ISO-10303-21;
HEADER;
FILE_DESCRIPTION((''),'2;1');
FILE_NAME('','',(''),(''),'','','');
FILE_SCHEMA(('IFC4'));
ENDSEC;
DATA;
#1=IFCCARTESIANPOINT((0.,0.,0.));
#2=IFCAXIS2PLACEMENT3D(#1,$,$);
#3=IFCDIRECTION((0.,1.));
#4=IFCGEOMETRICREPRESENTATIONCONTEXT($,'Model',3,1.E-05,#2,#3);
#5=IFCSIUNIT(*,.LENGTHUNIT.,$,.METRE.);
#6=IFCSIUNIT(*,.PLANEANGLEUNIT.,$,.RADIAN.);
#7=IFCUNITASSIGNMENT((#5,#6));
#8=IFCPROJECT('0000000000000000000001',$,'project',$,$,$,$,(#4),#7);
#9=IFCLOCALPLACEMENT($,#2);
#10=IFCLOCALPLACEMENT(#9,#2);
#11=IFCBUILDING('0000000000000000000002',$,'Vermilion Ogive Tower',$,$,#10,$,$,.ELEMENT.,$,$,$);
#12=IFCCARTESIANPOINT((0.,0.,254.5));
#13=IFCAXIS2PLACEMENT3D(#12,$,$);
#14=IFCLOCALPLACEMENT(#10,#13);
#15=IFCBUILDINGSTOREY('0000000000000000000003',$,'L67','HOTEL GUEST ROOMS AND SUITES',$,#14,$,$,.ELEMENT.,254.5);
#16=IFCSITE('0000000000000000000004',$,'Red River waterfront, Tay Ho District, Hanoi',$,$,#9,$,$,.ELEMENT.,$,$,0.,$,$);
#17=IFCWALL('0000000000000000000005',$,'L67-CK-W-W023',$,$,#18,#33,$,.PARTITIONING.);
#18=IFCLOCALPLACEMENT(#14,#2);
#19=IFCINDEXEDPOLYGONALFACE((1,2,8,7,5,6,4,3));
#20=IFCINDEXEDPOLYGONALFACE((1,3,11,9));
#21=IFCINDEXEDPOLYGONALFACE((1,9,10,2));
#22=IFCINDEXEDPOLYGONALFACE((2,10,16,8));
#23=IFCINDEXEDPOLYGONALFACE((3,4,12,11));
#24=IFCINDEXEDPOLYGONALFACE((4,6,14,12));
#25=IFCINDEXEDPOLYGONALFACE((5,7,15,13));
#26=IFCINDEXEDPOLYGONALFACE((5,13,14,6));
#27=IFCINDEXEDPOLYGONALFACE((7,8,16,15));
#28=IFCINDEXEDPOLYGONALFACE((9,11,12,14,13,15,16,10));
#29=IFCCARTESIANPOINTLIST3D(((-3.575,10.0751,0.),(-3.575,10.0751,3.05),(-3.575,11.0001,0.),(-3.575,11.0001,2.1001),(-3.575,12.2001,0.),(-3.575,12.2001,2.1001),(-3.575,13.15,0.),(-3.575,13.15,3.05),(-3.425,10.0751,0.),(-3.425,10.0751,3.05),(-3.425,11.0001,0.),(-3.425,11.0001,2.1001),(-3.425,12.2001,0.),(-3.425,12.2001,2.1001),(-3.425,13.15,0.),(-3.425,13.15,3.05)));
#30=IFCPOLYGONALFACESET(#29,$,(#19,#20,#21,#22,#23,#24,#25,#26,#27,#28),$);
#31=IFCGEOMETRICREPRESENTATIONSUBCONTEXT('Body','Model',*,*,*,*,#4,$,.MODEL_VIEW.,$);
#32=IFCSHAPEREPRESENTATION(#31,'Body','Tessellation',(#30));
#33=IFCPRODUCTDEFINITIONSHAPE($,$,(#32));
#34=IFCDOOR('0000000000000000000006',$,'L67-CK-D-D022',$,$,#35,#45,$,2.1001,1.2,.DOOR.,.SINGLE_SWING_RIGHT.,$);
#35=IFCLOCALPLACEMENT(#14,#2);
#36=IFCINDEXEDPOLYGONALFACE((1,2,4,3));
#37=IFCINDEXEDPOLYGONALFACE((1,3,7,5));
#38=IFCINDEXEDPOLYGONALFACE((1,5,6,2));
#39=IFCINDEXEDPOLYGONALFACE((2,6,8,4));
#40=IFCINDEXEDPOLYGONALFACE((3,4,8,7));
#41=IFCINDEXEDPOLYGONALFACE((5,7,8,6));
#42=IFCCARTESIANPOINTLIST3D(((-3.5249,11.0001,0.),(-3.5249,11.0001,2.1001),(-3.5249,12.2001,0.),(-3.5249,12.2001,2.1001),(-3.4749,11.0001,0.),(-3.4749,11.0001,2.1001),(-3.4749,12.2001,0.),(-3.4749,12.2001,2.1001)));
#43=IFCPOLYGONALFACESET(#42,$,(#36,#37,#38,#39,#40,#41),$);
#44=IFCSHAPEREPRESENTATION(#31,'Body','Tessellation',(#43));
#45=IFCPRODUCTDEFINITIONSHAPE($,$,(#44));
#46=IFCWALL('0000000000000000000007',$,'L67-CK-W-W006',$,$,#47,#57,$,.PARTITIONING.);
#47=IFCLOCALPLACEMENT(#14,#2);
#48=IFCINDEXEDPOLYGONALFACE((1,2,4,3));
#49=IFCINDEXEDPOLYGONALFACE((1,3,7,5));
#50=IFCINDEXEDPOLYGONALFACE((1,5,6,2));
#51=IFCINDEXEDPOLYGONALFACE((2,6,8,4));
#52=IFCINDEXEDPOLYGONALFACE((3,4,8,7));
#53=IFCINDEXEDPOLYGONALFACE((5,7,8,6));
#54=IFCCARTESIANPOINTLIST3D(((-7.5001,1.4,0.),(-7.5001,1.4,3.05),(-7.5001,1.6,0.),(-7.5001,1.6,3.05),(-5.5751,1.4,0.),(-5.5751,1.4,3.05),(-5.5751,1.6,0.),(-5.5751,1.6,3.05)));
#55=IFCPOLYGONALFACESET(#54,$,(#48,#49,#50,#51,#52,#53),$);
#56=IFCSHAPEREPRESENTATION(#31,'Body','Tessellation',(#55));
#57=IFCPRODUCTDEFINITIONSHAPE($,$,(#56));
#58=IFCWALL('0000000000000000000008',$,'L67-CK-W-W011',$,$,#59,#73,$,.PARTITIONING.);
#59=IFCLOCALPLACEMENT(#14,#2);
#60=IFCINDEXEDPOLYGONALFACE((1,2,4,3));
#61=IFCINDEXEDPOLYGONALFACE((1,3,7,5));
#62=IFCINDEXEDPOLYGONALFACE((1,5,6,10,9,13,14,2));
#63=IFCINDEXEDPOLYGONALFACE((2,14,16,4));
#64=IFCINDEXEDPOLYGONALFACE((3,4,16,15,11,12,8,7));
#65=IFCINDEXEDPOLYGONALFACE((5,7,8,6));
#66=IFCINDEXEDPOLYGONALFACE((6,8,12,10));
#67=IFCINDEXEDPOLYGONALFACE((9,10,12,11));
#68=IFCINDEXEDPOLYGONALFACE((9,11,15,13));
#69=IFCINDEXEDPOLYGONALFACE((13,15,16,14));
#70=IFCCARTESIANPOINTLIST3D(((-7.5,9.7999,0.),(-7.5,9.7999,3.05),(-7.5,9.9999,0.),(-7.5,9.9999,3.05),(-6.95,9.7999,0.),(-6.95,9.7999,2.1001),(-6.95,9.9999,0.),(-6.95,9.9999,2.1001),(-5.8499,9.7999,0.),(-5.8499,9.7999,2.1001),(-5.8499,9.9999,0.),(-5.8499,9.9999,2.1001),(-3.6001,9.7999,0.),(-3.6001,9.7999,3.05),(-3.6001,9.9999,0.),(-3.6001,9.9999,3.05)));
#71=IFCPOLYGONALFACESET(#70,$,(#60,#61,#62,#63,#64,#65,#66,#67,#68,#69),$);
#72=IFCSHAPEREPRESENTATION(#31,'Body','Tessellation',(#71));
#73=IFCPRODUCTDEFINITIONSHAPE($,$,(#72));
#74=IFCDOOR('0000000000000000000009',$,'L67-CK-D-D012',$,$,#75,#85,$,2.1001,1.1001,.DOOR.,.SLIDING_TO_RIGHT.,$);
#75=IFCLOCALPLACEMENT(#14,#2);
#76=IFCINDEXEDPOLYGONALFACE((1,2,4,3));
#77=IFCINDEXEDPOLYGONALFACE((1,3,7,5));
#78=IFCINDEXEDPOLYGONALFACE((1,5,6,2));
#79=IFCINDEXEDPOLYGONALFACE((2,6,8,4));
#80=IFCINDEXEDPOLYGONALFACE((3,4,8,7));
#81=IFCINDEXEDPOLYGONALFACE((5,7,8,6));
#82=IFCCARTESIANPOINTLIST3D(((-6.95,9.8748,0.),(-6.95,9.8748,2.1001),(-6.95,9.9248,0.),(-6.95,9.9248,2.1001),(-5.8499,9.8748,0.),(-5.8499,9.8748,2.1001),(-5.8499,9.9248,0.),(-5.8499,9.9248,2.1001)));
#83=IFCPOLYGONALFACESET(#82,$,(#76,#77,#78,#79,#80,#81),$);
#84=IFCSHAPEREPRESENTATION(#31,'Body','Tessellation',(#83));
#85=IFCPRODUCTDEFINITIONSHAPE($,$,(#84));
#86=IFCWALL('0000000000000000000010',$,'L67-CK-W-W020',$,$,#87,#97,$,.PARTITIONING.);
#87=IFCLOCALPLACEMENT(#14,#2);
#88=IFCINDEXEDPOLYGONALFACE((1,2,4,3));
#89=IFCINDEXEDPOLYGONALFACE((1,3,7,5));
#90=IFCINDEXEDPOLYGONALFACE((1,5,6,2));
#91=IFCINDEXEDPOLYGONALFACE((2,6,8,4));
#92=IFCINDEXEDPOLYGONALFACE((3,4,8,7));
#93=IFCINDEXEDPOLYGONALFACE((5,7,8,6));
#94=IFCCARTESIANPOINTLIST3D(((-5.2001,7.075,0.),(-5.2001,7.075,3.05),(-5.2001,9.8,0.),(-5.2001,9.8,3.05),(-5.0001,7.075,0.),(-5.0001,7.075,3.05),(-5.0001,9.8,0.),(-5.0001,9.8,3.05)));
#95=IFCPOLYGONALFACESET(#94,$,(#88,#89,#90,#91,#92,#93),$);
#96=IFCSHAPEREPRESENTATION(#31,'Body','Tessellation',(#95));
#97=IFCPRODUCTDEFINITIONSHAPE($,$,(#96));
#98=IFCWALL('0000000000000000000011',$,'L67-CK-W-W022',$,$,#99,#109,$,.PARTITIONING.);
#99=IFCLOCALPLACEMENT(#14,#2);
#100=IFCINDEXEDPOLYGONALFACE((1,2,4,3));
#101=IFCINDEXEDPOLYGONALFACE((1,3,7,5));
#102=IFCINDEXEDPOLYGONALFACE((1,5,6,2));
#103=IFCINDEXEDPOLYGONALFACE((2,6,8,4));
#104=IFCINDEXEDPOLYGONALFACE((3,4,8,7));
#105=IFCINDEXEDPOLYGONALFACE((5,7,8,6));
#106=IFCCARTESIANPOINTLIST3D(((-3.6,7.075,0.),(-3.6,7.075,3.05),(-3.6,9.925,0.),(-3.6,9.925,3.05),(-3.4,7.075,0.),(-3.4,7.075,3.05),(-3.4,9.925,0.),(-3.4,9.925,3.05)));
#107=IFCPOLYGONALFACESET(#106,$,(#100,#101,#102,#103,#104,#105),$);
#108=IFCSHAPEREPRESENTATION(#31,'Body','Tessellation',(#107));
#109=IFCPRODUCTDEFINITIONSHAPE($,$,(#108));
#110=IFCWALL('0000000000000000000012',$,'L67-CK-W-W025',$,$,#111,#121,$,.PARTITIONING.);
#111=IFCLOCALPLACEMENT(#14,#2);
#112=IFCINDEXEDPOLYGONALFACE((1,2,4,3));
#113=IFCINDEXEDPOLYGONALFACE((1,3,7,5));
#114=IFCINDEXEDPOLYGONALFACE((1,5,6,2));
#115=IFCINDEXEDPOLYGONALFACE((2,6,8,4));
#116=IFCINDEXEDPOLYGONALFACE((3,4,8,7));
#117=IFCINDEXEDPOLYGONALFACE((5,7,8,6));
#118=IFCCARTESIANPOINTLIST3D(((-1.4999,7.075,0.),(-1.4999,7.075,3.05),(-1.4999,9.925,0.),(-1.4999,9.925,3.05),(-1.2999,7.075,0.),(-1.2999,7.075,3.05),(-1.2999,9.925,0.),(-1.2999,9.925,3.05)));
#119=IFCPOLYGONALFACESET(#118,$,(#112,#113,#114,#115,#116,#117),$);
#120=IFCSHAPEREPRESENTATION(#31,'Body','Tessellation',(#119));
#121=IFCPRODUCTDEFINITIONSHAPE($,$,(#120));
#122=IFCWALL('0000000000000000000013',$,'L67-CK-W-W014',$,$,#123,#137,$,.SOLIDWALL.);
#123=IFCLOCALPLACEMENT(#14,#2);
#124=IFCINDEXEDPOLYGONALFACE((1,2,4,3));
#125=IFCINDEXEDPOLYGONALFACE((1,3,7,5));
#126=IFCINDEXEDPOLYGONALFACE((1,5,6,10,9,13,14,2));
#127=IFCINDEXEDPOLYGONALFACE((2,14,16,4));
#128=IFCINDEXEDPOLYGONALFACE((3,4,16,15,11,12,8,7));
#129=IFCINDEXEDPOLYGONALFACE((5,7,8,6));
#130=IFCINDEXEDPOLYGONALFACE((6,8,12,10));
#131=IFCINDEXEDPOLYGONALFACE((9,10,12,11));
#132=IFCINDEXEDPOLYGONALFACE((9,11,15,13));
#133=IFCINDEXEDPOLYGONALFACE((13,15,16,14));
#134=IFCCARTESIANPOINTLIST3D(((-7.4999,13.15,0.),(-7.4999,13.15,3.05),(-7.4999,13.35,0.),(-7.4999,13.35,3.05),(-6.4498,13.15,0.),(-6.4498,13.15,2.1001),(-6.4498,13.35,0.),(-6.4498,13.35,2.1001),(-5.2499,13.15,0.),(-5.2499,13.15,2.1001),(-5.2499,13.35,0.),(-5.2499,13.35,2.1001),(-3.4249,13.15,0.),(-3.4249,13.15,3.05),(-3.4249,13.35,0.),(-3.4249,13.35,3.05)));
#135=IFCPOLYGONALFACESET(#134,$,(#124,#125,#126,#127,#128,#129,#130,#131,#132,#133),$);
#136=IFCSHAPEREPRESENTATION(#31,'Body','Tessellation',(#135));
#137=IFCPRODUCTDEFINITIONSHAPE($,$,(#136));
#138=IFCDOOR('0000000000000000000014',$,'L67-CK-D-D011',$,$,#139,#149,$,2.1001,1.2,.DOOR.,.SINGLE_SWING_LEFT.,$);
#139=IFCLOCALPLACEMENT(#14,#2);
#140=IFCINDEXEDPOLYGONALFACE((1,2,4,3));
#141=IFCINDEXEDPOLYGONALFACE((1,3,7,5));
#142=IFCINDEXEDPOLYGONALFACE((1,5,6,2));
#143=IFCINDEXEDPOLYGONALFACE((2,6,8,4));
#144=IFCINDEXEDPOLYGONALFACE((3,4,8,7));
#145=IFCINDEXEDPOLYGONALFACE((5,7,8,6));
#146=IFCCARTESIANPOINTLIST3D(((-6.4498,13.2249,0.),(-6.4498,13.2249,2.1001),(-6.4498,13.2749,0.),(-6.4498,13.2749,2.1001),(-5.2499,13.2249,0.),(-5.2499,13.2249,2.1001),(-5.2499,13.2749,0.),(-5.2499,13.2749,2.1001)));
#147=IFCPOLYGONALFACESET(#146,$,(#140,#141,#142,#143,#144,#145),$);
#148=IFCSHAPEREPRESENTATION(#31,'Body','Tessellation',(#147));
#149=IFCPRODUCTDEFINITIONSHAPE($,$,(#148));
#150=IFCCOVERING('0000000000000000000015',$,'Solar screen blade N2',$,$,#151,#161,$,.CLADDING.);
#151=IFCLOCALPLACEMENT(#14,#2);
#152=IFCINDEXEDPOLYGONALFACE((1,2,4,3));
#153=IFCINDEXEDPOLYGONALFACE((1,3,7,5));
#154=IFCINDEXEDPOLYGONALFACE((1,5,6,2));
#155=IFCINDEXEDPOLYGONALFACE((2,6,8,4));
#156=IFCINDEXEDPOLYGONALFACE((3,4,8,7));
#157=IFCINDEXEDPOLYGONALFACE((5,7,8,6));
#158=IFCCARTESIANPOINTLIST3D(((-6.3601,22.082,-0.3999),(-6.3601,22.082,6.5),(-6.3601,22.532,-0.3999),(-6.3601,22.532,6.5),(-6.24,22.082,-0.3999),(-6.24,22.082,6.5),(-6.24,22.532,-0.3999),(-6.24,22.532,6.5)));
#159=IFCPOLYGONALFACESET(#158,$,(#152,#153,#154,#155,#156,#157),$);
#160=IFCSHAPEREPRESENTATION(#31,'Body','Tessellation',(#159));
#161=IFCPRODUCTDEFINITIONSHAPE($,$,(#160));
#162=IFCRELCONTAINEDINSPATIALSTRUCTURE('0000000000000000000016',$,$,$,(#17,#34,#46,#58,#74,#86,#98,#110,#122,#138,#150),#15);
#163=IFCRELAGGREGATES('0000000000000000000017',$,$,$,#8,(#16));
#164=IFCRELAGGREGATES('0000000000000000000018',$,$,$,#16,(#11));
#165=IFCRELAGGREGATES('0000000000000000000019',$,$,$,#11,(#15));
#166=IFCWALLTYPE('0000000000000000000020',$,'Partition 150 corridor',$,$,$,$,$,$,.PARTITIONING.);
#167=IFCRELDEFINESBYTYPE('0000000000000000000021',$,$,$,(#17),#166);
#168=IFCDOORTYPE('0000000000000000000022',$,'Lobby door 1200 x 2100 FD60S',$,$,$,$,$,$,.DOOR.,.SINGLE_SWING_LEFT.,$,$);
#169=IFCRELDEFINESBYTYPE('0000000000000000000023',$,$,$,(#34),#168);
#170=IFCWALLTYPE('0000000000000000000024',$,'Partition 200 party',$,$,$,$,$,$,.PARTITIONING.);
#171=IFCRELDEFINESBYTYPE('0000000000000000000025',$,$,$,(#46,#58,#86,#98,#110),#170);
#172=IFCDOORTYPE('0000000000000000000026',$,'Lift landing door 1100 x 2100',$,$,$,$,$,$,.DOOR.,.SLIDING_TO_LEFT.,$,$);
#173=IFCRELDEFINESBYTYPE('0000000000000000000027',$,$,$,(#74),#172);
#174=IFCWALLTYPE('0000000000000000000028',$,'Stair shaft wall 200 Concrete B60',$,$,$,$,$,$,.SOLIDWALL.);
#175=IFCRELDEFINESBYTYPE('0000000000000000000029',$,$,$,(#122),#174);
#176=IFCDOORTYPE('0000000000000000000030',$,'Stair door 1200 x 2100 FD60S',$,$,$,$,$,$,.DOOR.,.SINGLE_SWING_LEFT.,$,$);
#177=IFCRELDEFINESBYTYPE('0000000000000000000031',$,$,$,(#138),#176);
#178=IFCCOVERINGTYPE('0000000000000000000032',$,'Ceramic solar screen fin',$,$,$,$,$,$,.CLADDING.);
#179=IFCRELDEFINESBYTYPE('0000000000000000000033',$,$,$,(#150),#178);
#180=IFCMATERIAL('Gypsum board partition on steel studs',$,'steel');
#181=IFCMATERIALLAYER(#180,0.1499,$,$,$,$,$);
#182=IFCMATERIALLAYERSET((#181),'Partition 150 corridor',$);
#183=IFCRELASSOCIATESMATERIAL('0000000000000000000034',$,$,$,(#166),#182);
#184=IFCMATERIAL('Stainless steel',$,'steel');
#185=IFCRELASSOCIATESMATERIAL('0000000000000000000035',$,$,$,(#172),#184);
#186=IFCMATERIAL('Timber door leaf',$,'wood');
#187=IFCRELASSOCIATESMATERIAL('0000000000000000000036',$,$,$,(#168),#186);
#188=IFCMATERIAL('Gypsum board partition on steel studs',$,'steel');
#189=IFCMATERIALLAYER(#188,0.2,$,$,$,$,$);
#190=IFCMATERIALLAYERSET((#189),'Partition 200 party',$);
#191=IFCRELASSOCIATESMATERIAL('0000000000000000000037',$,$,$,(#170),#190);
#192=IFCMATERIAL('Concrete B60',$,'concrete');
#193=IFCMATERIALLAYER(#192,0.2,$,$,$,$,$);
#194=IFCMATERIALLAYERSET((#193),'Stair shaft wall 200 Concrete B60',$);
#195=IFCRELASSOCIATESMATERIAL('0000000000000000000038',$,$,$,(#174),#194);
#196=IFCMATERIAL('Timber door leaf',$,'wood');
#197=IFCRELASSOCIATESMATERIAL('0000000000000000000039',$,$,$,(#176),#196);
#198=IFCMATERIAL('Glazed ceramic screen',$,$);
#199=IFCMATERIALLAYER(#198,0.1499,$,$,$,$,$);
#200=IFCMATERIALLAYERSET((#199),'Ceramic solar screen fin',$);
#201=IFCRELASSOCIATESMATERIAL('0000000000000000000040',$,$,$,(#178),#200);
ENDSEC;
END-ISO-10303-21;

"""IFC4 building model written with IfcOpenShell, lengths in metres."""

from ifc_helpers import new_model, si_unit, direction, frame, frame_2d, origin, place, context, subcontext, project, spatial, polyline, rectangle, outline, extrude, material, layer, layer_set, type_object, element, fill, save


model = new_model("IFC4")

# Units and contexts
model_context = context("Model", 3, precision=1e-05, world=origin(), true_north=direction((0.0, 1.0)))
body_context = subcontext(model_context, "Body", "Model", "MODEL_VIEW")
ifc_project = project(units=[si_unit("LENGTHUNIT", "METRE"), si_unit("PLANEANGLEUNIT", "RADIAN")], contexts=[model_context])

# Site, building, storey
site_placement = place(None, origin())
site = spatial("IfcSite", under=ifc_project, at=site_placement, Name="Red River waterfront, Tay Ho District, Hanoi", CompositionType="ELEMENT", RefElevation=0.0)
building_placement = place(site_placement, origin())
building = spatial("IfcBuilding", under=site, at=building_placement, Name="Vermilion Ogive Tower", CompositionType="ELEMENT")
storey_placement = place(building_placement, frame((0.0, 0.0, 254.5)))
storey = spatial("IfcBuildingStorey", under=building, at=storey_placement, Name="L67", Description="HOTEL GUEST ROOMS AND SUITES", CompositionType="ELEMENT", Elevation=254.5)

# Shared definitions
ifc_material_1 = material(Name="Gypsum board partition on steel studs", Category="steel")
ifc_layer_1 = layer(ifc_material_1, 0.1499)
ifc_layer_set_1 = layer_set([ifc_layer_1], Name="Partition 150 corridor")
wall_type_1 = type_object("IfcWallType", Name="Partition 150 corridor", PredefinedType="PARTITIONING", material=ifc_layer_set_1)

# Shared definitions
ifc_material_2 = material(Name="Stainless steel", Category="steel")
door_type_1 = type_object("IfcDoorType", Name="Lift landing door 1100 x 2100", OperationType="SLIDING_TO_LEFT", PredefinedType="DOOR", material=ifc_material_2)

# Wall, opening, door
wall_1_placement = place(storey_placement, frame((-3.5, 10.075, 0.0), z_axis=(0.0, 0.0, 1.0), x_axis=(0.0, 1.0, 0.0)))
wall_1 = element("IfcWall", 1, at=wall_1_placement, inside=storey, type_object=wall_type_1, Name="L67-CK-W-W023", PredefinedType="PARTITIONING", context=body_context, shape_type="SweptSolid", body=[
    extrude(rectangle(XDim=3.075, YDim=0.1499, at=frame_2d((1.5376, 0.0))), origin(), (0.0, 0.0, 1.0), 3.05),
])
opening_1_placement = place(wall_1_placement, frame((0.925, 0.0, 0.0)))
opening_1 = element("IfcOpeningElement", 2, at=opening_1_placement, cuts=wall_1, PredefinedType="OPENING", context=body_context, shape_type="SweptSolid", body=[
    extrude(rectangle(XDim=1.2, YDim=2.1001, at=frame_2d((0.6001, 1.05))), frame((0.0, 0.085, 0.0), z_axis=(0.0, -1.0, 0.0), x_axis=(1.0, 0.0, 0.0)), (0.0, 0.0, 1.0), 0.1699),
])
ifc_material_3 = material(Name="Timber door leaf", Category="wood")
door_type_2 = type_object("IfcDoorType", Name="Lobby door 1200 x 2100 FD60S", OperationType="SINGLE_SWING_LEFT", PredefinedType="DOOR", material=ifc_material_3)
door_1_placement = place(opening_1_placement, origin())
door_1 = element("IfcDoor", 3, at=door_1_placement, inside=storey, type_object=door_type_2, Name="L67-CK-D-D022", OperationType="SINGLE_SWING_RIGHT", OverallHeight=2.1001, OverallWidth=1.2, PredefinedType="DOOR", context=body_context, shape_type="SweptSolid", body=[
    extrude(rectangle(XDim=1.2, YDim=2.1001, at=frame_2d((0.6001, 1.05))), frame((0.0, 0.0249, 0.0), z_axis=(0.0, -1.0, 0.0), x_axis=(1.0, 0.0, 0.0)), (0.0, 0.0, 1.0), 0.05),
])
fill(opening_1, door_1)

# Wall
ifc_material_4 = material(Name="Gypsum board partition on steel studs", Category="steel")
ifc_layer_2 = layer(ifc_material_4, 0.2)
ifc_layer_set_2 = layer_set([ifc_layer_2], Name="Partition 200 party")
wall_type_2 = type_object("IfcWallType", Name="Partition 200 party", PredefinedType="PARTITIONING", material=ifc_layer_set_2)
wall_2_placement = place(storey_placement, frame((-7.5, 1.5, 0.0), z_axis=(0.0, 0.0, 1.0), x_axis=(1.0, 0.0, 0.0)))
element("IfcWall", 4, at=wall_2_placement, inside=storey, type_object=wall_type_2, Name="L67-CK-W-W006", PredefinedType="PARTITIONING", context=body_context, shape_type="SweptSolid", body=[
    extrude(rectangle(XDim=1.925, YDim=0.2, at=frame_2d((0.9624, 0.0))), origin(), (0.0, 0.0, 1.0), 3.05),
])

# Wall, opening, door
wall_3_placement = place(storey_placement, frame((-7.5, 9.8999, 0.0), z_axis=(0.0, 0.0, 1.0), x_axis=(1.0, 0.0, 0.0)))
wall_3 = element("IfcWall", 5, at=wall_3_placement, inside=storey, type_object=wall_type_2, Name="L67-CK-W-W011", PredefinedType="PARTITIONING", context=body_context, shape_type="SweptSolid", body=[
    extrude(rectangle(XDim=3.8999, YDim=0.2, at=frame_2d((1.95, 0.0))), origin(), (0.0, 0.0, 1.0), 3.05),
])
opening_2_placement = place(wall_3_placement, frame((0.55, 0.0, 0.0)))
opening_2 = element("IfcOpeningElement", 6, at=opening_2_placement, cuts=wall_3, PredefinedType="OPENING", context=body_context, shape_type="SweptSolid", body=[
    extrude(rectangle(XDim=1.1001, YDim=2.1001, at=frame_2d((0.55, 1.05))), frame((0.0, 0.1099, 0.0), z_axis=(0.0, -1.0, 0.0), x_axis=(1.0, 0.0, 0.0)), (0.0, 0.0, 1.0), 0.22),
])
door_2_placement = place(opening_2_placement, origin())
door_2 = element("IfcDoor", 7, at=door_2_placement, inside=storey, type_object=door_type_1, Name="L67-CK-D-D012", OperationType="SLIDING_TO_RIGHT", OverallHeight=2.1001, OverallWidth=1.1001, PredefinedType="DOOR", context=body_context, shape_type="SweptSolid", body=[
    extrude(rectangle(XDim=1.1001, YDim=2.1001, at=frame_2d((0.55, 1.05))), frame((0.0, 0.0249, 0.0), z_axis=(0.0, -1.0, 0.0), x_axis=(1.0, 0.0, 0.0)), (0.0, 0.0, 1.0), 0.05),
])
fill(opening_2, door_2)

# Walls
wall_4_placement = place(storey_placement, frame((-5.1001, 7.075, 0.0), z_axis=(0.0, 0.0, 1.0), x_axis=(0.0, 1.0, 0.0)))
element("IfcWall", 8, at=wall_4_placement, inside=storey, type_object=wall_type_2, Name="L67-CK-W-W020", PredefinedType="PARTITIONING", context=body_context, shape_type="SweptSolid", body=[
    extrude(rectangle(XDim=2.7251, YDim=0.2, at=frame_2d((1.3625, 0.0))), origin(), (0.0, 0.0, 1.0), 3.05),
])
for number, where, z_axis, x_axis, name in (
    (9, (-3.5, 7.075, 0.0), (0.0, 0.0, 1.0), (0.0, 1.0, 0.0), "L67-CK-W-W022"),
    (10, (-1.3999, 7.075, 0.0), (0.0, 0.0, 1.0), (0.0, 1.0, 0.0), "L67-CK-W-W025"),
):
    element("IfcWall", number, at=place(storey_placement, frame(where, z_axis=z_axis, x_axis=x_axis)), inside=storey, type_object=wall_type_2, Name=name, PredefinedType="PARTITIONING", context=body_context, shape_type="SweptSolid", body=[
        extrude(rectangle(XDim=2.8501, YDim=0.2, at=frame_2d((1.425, 0.0))), origin(), (0.0, 0.0, 1.0), 3.05),
    ])

# Wall, opening, door
ifc_material_5 = material(Name="Concrete B60", Category="concrete")
ifc_layer_3 = layer(ifc_material_5, 0.2)
ifc_layer_set_3 = layer_set([ifc_layer_3], Name="Stair shaft wall 200 Concrete B60")
wall_type_3 = type_object("IfcWallType", Name="Stair shaft wall 200 Concrete B60", PredefinedType="SOLIDWALL", material=ifc_layer_set_3)
wall_5_placement = place(storey_placement, frame((-7.5, 13.25, 0.0), z_axis=(0.0, 0.0, 1.0), x_axis=(1.0, 0.0, 0.0)))
wall_5 = element("IfcWall", 11, at=wall_5_placement, inside=storey, type_object=wall_type_3, Name="L67-CK-W-W014", PredefinedType="SOLIDWALL", context=body_context, shape_type="SweptSolid", body=[
    extrude(rectangle(XDim=4.075, YDim=0.2, at=frame_2d((2.0376, 0.0))), origin(), (0.0, 0.0, 1.0), 3.05),
])
opening_3_placement = place(wall_5_placement, frame((1.05, 0.0, 0.0)))
opening_3 = element("IfcOpeningElement", 12, at=opening_3_placement, cuts=wall_5, PredefinedType="OPENING", context=body_context, shape_type="SweptSolid", body=[
    extrude(rectangle(XDim=1.2, YDim=2.1001, at=frame_2d((0.6001, 1.05))), frame((0.0, 0.1099, 0.0), z_axis=(0.0, -1.0, 0.0), x_axis=(1.0, 0.0, 0.0)), (0.0, 0.0, 1.0), 0.22),
])
ifc_material_6 = material(Name="Timber door leaf", Category="wood")
door_type_3 = type_object("IfcDoorType", Name="Stair door 1200 x 2100 FD60S", OperationType="SINGLE_SWING_LEFT", PredefinedType="DOOR", material=ifc_material_6)
door_3_placement = place(opening_3_placement, origin())
door_3 = element("IfcDoor", 13, at=door_3_placement, inside=storey, type_object=door_type_3, Name="L67-CK-D-D011", OperationType="SINGLE_SWING_LEFT", OverallHeight=2.1001, OverallWidth=1.2, PredefinedType="DOOR", context=body_context, shape_type="SweptSolid", body=[
    extrude(rectangle(XDim=1.2, YDim=2.1001, at=frame_2d((0.6001, 1.05))), frame((0.0, 0.0249, 0.0), z_axis=(0.0, -1.0, 0.0), x_axis=(1.0, 0.0, 0.0)), (0.0, 0.0, 1.0), 0.05),
])
fill(opening_3, door_3)

# Covering
ifc_material_7 = material(Name="Glazed ceramic screen")
ifc_layer_4 = layer(ifc_material_7, 0.1499)
ifc_layer_set_4 = layer_set([ifc_layer_4], Name="Ceramic solar screen fin")
covering_type = type_object("IfcCoveringType", Name="Ceramic solar screen fin", PredefinedType="CLADDING", material=ifc_layer_set_4)
covering_placement = place(storey_placement, frame((0.0, 0.0, -0.3999)))
element("IfcCovering", 14, at=covering_placement, inside=storey, type_object=covering_type, Name="Solar screen blade N2", PredefinedType="CLADDING", context=body_context, shape_type="SweptSolid", body=[
    extrude(outline(polyline([(-6.3601, 22.082), (-6.24, 22.082), (-6.24, 22.532), (-6.3601, 22.532), (-6.3601, 22.082)])), origin(), (0.0, 0.0, 1.0), 6.8999),
])

save(model, "model.ifc")
